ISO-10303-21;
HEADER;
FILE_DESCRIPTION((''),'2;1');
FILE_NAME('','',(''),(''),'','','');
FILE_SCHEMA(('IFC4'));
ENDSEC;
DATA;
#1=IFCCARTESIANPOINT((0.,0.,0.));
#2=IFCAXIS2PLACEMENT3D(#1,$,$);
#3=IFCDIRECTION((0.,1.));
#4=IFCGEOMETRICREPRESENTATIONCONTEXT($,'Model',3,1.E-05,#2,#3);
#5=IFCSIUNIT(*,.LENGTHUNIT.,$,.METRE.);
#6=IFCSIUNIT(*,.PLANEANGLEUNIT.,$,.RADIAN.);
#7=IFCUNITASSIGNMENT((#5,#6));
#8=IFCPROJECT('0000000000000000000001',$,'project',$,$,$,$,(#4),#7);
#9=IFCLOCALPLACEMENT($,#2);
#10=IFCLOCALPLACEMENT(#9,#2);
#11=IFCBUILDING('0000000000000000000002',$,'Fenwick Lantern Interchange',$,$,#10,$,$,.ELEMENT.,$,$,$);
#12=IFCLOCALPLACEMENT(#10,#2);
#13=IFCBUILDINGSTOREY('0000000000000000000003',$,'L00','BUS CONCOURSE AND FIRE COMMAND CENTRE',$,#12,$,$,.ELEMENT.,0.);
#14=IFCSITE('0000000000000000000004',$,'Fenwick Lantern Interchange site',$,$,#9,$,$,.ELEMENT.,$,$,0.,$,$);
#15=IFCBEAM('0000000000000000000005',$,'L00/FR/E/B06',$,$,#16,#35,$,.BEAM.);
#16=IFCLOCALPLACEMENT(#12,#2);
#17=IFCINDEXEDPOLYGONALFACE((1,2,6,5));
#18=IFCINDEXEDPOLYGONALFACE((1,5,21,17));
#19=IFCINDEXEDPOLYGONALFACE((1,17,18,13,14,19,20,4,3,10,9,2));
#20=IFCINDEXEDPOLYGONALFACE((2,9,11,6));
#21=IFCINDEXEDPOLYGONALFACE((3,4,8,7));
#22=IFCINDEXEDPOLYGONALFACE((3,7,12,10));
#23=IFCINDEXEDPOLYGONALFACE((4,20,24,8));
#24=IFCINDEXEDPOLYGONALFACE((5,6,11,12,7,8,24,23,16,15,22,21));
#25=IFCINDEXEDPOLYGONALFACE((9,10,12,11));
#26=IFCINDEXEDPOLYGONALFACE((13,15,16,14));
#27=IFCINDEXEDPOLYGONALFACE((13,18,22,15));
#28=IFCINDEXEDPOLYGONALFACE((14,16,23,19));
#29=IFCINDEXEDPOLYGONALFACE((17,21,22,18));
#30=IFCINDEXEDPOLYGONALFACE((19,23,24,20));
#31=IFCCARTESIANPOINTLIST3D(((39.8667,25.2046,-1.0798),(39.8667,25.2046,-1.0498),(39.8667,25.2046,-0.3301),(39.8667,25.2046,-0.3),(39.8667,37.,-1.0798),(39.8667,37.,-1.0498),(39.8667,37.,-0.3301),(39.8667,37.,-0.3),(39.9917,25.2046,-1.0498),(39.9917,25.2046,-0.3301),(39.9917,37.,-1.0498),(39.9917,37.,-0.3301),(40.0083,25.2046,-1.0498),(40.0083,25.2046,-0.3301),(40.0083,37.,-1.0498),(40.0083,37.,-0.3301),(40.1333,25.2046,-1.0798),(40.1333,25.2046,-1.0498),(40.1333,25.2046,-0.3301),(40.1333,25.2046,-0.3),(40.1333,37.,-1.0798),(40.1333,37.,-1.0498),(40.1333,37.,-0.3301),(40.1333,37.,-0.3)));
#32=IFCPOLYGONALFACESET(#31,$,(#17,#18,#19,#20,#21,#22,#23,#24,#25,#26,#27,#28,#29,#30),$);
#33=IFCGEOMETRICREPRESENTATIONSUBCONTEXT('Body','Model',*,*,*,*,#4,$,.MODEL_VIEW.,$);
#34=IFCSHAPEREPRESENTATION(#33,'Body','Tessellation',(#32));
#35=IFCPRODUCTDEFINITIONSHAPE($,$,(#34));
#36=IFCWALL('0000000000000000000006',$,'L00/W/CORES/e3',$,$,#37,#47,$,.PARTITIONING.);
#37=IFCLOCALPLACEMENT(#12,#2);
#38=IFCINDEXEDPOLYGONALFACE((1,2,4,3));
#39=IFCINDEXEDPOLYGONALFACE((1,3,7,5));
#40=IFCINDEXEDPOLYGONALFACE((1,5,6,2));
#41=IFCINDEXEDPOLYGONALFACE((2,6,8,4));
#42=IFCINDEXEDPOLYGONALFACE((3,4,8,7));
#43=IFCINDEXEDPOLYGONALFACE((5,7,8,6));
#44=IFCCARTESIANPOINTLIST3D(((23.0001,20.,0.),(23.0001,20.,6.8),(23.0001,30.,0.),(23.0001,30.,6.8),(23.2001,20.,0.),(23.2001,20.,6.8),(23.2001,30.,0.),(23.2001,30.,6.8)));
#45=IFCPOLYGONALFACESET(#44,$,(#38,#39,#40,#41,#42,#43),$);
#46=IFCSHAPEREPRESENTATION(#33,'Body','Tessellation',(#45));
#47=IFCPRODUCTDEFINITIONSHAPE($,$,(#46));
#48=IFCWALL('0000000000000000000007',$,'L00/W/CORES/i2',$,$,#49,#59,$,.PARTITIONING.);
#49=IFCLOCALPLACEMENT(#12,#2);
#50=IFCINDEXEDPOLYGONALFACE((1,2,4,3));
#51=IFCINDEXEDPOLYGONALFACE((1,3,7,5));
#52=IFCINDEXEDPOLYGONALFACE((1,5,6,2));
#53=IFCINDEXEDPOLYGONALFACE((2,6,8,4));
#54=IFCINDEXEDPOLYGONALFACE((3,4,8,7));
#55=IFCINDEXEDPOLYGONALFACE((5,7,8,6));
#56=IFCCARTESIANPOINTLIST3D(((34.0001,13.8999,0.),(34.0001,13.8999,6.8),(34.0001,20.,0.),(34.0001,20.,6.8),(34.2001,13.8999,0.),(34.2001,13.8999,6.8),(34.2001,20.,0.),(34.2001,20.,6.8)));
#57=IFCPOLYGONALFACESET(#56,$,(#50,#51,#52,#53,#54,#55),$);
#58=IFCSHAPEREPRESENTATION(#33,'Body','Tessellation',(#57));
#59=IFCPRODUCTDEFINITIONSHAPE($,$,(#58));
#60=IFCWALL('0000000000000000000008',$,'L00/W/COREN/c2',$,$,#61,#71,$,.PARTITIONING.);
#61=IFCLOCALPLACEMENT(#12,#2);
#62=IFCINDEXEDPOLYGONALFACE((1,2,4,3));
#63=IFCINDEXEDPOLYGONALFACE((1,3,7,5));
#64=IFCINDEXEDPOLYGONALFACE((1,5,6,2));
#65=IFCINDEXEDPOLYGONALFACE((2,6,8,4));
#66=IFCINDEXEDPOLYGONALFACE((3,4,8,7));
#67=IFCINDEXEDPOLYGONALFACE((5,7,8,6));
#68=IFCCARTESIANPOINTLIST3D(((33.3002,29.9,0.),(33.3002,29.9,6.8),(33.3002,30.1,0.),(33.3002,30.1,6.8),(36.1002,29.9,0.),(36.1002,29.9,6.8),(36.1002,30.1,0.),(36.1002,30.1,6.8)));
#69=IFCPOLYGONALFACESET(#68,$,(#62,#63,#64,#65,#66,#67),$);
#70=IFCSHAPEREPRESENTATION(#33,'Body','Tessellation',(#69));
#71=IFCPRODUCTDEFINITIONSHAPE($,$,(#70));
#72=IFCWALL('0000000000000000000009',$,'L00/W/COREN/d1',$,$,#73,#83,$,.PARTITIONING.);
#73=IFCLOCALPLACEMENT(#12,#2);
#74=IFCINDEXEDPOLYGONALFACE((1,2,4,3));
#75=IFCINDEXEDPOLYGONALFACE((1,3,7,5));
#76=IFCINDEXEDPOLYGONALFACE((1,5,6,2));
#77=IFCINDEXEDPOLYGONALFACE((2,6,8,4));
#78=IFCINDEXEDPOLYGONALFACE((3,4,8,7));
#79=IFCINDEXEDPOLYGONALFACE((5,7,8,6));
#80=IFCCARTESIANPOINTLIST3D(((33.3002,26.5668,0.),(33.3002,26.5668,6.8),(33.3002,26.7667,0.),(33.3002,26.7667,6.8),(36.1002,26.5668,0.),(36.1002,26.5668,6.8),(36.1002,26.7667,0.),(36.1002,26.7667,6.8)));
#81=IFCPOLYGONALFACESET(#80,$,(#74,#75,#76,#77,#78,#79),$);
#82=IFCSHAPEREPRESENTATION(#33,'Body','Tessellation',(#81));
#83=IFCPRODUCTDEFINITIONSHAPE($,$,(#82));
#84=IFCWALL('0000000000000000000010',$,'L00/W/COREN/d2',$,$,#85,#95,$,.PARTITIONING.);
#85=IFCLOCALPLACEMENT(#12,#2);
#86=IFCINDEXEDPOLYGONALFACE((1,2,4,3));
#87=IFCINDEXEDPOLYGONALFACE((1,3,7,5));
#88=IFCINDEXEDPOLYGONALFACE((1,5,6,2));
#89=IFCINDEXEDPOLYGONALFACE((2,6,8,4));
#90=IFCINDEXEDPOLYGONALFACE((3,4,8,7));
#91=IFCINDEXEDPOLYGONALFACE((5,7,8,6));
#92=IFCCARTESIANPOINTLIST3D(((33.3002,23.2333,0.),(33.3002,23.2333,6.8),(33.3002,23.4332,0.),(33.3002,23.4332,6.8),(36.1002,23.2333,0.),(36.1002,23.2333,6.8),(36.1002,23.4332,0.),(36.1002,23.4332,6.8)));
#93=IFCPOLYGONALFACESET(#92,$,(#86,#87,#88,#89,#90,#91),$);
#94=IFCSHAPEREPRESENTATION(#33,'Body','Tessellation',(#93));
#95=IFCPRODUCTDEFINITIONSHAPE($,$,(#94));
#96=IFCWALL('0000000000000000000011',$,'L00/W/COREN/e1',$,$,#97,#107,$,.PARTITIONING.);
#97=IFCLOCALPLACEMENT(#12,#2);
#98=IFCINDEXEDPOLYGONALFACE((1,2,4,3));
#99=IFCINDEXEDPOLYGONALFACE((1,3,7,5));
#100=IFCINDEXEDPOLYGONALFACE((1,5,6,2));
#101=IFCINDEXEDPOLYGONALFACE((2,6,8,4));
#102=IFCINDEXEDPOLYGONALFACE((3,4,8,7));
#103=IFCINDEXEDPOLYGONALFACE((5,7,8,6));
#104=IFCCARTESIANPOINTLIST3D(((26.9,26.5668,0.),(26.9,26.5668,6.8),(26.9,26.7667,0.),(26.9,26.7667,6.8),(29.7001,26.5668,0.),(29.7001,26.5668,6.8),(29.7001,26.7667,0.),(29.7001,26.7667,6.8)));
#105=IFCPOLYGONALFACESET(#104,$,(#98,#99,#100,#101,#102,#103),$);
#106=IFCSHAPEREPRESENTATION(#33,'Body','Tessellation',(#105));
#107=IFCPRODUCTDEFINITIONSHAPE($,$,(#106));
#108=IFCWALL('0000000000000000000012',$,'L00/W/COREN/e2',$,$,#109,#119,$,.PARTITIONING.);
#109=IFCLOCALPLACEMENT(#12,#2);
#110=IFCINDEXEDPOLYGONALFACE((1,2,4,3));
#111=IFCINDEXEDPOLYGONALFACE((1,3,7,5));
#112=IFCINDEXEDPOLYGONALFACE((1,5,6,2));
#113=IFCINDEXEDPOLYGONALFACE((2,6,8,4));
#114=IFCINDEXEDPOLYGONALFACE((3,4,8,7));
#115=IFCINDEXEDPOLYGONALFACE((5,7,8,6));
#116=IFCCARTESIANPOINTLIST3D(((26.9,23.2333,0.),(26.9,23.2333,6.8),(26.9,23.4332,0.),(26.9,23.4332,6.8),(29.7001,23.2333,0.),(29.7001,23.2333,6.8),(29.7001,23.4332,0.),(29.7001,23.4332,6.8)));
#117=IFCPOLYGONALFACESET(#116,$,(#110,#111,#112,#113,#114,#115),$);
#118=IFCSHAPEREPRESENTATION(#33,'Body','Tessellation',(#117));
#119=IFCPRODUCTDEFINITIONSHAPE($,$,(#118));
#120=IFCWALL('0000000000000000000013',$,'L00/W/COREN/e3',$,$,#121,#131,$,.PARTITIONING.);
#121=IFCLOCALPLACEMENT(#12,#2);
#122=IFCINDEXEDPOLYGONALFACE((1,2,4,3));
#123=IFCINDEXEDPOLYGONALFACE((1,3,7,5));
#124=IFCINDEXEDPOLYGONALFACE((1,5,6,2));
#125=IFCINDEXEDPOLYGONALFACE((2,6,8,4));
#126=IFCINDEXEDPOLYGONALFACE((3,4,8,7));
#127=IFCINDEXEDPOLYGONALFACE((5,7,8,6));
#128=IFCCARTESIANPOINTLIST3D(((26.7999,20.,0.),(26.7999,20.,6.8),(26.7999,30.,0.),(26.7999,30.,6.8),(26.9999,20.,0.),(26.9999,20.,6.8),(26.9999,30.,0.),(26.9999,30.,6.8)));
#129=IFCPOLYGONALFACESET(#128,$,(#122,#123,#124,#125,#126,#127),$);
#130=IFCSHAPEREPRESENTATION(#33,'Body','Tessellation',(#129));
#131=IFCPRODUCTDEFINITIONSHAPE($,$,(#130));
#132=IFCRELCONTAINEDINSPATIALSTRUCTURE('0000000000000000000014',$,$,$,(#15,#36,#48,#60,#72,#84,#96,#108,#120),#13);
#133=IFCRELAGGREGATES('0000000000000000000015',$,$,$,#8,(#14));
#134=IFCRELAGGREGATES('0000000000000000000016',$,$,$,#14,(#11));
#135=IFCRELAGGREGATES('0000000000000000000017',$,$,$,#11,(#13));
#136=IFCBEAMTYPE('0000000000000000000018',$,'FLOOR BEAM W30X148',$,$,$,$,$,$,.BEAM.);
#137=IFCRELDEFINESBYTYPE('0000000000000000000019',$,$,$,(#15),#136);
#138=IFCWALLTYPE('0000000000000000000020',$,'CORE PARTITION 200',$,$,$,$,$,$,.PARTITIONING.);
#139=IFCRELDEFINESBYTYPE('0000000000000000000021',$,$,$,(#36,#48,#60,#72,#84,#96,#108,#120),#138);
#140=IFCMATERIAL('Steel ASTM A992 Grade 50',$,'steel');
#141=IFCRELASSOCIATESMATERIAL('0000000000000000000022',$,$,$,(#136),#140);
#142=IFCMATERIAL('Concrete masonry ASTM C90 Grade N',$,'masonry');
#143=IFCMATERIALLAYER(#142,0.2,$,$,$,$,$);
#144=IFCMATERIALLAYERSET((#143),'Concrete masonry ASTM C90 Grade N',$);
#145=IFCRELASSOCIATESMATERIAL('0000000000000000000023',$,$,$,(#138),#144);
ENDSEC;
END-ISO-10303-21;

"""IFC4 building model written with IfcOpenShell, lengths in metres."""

from ifc_helpers import new_model, si_unit, direction, frame, frame_2d, origin, origin_2d, place, context, subcontext, project, spatial, rectangle, i_section, extrude, material, layer, layer_set, material_profile, profile_set, type_object, element, save


model = new_model("IFC4")

# Units and contexts
model_context = context("Model", 3, precision=1e-05, world=origin(), true_north=direction((0.0, 1.0)))
body_context = subcontext(model_context, "Body", "Model", "MODEL_VIEW")
ifc_project = project(units=[si_unit("LENGTHUNIT", "METRE"), si_unit("PLANEANGLEUNIT", "RADIAN")], contexts=[model_context])

# Site, building, storey
site_placement = place(None, origin())
site = spatial("IfcSite", under=ifc_project, at=site_placement, Name="Fenwick Lantern Interchange site", CompositionType="ELEMENT", RefElevation=0.0)
building_placement = place(site_placement, origin())
building = spatial("IfcBuilding", under=site, at=building_placement, Name="Fenwick Lantern Interchange", CompositionType="ELEMENT")
storey_placement = place(building_placement, origin())
storey = spatial("IfcBuildingStorey", under=building, at=storey_placement, Name="L00", Description="BUS CONCOURSE AND FIRE COMMAND CENTRE", CompositionType="ELEMENT", Elevation=0.0)

# Beam
ifc_material_1 = material(Name="Steel ASTM A992 Grade 50", Category="steel")
ifc_material_profile = material_profile(ifc_material_1, i_section(OverallWidth=0.2666, OverallDepth=0.7798, WebThickness=0.0166, FlangeThickness=0.03, at=origin_2d()), Name="W30X148")
ifc_profile_set = profile_set([ifc_material_profile], Name="Steel ASTM A992 Grade 50")
beam_type = type_object("IfcBeamType", Name="FLOOR BEAM W30X148", PredefinedType="BEAM", material=ifc_profile_set)
beam_placement = place(storey_placement, frame((40.0, 25.2046, -0.6899), z_axis=(0.0, 1.0, 0.0), x_axis=(-1.0, 0.0, 0.0)))
element("IfcBeam", 1, at=beam_placement, inside=storey, type_object=beam_type, Name="L00/FR/E/B06", PredefinedType="BEAM", context=body_context, shape_type="SweptSolid", body=[
    extrude(i_section(OverallWidth=0.2666, OverallDepth=0.7798, WebThickness=0.0166, FlangeThickness=0.03, at=origin_2d()), origin(), (0.0, 0.0, 1.0), 11.7954),
])

# Walls
ifc_material_2 = material(Name="Concrete masonry ASTM C90 Grade N", Category="masonry")
ifc_layer_1 = layer(ifc_material_2, 0.2)
ifc_layer_set_1 = layer_set([ifc_layer_1], Name="Concrete masonry ASTM C90 Grade N")
wall_type_1 = type_object("IfcWallType", Name="CORE PARTITION 200", PredefinedType="PARTITIONING", material=ifc_layer_set_1)
wall_1_placement = place(storey_placement, frame((23.1001, 20.0, 0.0), z_axis=(0.0, 0.0, 1.0), x_axis=(0.0, 1.0, 0.0)))
element("IfcWall", 2, at=wall_1_placement, inside=storey, type_object=wall_type_1, Name="L00/W/CORES/e3", PredefinedType="PARTITIONING", context=body_context, shape_type="SweptSolid", body=[
    extrude(rectangle(XDim=10.0, YDim=0.2, at=frame_2d((5.0, 0.0))), origin(), (0.0, 0.0, 1.0), 6.8),
])
wall_2_placement = place(storey_placement, frame((34.1001, 13.8999, 0.0), z_axis=(0.0, 0.0, 1.0), x_axis=(0.0, 1.0, 0.0)))
element("IfcWall", 3, at=wall_2_placement, inside=storey, type_object=wall_type_1, Name="L00/W/CORES/i2", PredefinedType="PARTITIONING", context=body_context, shape_type="SweptSolid", body=[
    extrude(rectangle(XDim=6.1001, YDim=0.2, at=frame_2d((3.05, 0.0))), origin(), (0.0, 0.0, 1.0), 6.8),
])
for number, where, z_axis, x_axis, name in (
    (4, (36.1001, 30.0, 0.0), (0.0, 0.0, 1.0), (-1.0, 0.0, 0.0), "L00/W/COREN/c2"),
    (5, (36.1001, 26.6667, 0.0), (0.0, 0.0, 1.0), (-1.0, 0.0, 0.0), "L00/W/COREN/d1"),
    (6, (36.1001, 23.3333, 0.0), (0.0, 0.0, 1.0), (-1.0, 0.0, 0.0), "L00/W/COREN/d2"),
    (7, (29.7, 26.6667, 0.0), (0.0, 0.0, 1.0), (-1.0, 0.0, 0.0), "L00/W/COREN/e1"),
    (8, (29.7, 23.3333, 0.0), (0.0, 0.0, 1.0), (-1.0, 0.0, 0.0), "L00/W/COREN/e2"),
):
    element("IfcWall", number, at=place(storey_placement, frame(where, z_axis=z_axis, x_axis=x_axis)), inside=storey, type_object=wall_type_1, Name=name, PredefinedType="PARTITIONING", context=body_context, shape_type="SweptSolid", body=[
        extrude(rectangle(XDim=2.8, YDim=0.2, at=frame_2d((1.3999, 0.0))), origin(), (0.0, 0.0, 1.0), 6.8),
    ])
wall_3_placement = place(storey_placement, frame((26.8999, 30.0, 0.0), z_axis=(0.0, 0.0, 1.0), x_axis=(0.0, -1.0, 0.0)))
element("IfcWall", 9, at=wall_3_placement, inside=storey, type_object=wall_type_1, Name="L00/W/COREN/e3", PredefinedType="PARTITIONING", context=body_context, shape_type="SweptSolid", body=[
    extrude(rectangle(XDim=10.0, YDim=0.2, at=frame_2d((5.0, 0.0))), origin(), (0.0, 0.0, 1.0), 6.8),
])

save(model, "model.ifc")
